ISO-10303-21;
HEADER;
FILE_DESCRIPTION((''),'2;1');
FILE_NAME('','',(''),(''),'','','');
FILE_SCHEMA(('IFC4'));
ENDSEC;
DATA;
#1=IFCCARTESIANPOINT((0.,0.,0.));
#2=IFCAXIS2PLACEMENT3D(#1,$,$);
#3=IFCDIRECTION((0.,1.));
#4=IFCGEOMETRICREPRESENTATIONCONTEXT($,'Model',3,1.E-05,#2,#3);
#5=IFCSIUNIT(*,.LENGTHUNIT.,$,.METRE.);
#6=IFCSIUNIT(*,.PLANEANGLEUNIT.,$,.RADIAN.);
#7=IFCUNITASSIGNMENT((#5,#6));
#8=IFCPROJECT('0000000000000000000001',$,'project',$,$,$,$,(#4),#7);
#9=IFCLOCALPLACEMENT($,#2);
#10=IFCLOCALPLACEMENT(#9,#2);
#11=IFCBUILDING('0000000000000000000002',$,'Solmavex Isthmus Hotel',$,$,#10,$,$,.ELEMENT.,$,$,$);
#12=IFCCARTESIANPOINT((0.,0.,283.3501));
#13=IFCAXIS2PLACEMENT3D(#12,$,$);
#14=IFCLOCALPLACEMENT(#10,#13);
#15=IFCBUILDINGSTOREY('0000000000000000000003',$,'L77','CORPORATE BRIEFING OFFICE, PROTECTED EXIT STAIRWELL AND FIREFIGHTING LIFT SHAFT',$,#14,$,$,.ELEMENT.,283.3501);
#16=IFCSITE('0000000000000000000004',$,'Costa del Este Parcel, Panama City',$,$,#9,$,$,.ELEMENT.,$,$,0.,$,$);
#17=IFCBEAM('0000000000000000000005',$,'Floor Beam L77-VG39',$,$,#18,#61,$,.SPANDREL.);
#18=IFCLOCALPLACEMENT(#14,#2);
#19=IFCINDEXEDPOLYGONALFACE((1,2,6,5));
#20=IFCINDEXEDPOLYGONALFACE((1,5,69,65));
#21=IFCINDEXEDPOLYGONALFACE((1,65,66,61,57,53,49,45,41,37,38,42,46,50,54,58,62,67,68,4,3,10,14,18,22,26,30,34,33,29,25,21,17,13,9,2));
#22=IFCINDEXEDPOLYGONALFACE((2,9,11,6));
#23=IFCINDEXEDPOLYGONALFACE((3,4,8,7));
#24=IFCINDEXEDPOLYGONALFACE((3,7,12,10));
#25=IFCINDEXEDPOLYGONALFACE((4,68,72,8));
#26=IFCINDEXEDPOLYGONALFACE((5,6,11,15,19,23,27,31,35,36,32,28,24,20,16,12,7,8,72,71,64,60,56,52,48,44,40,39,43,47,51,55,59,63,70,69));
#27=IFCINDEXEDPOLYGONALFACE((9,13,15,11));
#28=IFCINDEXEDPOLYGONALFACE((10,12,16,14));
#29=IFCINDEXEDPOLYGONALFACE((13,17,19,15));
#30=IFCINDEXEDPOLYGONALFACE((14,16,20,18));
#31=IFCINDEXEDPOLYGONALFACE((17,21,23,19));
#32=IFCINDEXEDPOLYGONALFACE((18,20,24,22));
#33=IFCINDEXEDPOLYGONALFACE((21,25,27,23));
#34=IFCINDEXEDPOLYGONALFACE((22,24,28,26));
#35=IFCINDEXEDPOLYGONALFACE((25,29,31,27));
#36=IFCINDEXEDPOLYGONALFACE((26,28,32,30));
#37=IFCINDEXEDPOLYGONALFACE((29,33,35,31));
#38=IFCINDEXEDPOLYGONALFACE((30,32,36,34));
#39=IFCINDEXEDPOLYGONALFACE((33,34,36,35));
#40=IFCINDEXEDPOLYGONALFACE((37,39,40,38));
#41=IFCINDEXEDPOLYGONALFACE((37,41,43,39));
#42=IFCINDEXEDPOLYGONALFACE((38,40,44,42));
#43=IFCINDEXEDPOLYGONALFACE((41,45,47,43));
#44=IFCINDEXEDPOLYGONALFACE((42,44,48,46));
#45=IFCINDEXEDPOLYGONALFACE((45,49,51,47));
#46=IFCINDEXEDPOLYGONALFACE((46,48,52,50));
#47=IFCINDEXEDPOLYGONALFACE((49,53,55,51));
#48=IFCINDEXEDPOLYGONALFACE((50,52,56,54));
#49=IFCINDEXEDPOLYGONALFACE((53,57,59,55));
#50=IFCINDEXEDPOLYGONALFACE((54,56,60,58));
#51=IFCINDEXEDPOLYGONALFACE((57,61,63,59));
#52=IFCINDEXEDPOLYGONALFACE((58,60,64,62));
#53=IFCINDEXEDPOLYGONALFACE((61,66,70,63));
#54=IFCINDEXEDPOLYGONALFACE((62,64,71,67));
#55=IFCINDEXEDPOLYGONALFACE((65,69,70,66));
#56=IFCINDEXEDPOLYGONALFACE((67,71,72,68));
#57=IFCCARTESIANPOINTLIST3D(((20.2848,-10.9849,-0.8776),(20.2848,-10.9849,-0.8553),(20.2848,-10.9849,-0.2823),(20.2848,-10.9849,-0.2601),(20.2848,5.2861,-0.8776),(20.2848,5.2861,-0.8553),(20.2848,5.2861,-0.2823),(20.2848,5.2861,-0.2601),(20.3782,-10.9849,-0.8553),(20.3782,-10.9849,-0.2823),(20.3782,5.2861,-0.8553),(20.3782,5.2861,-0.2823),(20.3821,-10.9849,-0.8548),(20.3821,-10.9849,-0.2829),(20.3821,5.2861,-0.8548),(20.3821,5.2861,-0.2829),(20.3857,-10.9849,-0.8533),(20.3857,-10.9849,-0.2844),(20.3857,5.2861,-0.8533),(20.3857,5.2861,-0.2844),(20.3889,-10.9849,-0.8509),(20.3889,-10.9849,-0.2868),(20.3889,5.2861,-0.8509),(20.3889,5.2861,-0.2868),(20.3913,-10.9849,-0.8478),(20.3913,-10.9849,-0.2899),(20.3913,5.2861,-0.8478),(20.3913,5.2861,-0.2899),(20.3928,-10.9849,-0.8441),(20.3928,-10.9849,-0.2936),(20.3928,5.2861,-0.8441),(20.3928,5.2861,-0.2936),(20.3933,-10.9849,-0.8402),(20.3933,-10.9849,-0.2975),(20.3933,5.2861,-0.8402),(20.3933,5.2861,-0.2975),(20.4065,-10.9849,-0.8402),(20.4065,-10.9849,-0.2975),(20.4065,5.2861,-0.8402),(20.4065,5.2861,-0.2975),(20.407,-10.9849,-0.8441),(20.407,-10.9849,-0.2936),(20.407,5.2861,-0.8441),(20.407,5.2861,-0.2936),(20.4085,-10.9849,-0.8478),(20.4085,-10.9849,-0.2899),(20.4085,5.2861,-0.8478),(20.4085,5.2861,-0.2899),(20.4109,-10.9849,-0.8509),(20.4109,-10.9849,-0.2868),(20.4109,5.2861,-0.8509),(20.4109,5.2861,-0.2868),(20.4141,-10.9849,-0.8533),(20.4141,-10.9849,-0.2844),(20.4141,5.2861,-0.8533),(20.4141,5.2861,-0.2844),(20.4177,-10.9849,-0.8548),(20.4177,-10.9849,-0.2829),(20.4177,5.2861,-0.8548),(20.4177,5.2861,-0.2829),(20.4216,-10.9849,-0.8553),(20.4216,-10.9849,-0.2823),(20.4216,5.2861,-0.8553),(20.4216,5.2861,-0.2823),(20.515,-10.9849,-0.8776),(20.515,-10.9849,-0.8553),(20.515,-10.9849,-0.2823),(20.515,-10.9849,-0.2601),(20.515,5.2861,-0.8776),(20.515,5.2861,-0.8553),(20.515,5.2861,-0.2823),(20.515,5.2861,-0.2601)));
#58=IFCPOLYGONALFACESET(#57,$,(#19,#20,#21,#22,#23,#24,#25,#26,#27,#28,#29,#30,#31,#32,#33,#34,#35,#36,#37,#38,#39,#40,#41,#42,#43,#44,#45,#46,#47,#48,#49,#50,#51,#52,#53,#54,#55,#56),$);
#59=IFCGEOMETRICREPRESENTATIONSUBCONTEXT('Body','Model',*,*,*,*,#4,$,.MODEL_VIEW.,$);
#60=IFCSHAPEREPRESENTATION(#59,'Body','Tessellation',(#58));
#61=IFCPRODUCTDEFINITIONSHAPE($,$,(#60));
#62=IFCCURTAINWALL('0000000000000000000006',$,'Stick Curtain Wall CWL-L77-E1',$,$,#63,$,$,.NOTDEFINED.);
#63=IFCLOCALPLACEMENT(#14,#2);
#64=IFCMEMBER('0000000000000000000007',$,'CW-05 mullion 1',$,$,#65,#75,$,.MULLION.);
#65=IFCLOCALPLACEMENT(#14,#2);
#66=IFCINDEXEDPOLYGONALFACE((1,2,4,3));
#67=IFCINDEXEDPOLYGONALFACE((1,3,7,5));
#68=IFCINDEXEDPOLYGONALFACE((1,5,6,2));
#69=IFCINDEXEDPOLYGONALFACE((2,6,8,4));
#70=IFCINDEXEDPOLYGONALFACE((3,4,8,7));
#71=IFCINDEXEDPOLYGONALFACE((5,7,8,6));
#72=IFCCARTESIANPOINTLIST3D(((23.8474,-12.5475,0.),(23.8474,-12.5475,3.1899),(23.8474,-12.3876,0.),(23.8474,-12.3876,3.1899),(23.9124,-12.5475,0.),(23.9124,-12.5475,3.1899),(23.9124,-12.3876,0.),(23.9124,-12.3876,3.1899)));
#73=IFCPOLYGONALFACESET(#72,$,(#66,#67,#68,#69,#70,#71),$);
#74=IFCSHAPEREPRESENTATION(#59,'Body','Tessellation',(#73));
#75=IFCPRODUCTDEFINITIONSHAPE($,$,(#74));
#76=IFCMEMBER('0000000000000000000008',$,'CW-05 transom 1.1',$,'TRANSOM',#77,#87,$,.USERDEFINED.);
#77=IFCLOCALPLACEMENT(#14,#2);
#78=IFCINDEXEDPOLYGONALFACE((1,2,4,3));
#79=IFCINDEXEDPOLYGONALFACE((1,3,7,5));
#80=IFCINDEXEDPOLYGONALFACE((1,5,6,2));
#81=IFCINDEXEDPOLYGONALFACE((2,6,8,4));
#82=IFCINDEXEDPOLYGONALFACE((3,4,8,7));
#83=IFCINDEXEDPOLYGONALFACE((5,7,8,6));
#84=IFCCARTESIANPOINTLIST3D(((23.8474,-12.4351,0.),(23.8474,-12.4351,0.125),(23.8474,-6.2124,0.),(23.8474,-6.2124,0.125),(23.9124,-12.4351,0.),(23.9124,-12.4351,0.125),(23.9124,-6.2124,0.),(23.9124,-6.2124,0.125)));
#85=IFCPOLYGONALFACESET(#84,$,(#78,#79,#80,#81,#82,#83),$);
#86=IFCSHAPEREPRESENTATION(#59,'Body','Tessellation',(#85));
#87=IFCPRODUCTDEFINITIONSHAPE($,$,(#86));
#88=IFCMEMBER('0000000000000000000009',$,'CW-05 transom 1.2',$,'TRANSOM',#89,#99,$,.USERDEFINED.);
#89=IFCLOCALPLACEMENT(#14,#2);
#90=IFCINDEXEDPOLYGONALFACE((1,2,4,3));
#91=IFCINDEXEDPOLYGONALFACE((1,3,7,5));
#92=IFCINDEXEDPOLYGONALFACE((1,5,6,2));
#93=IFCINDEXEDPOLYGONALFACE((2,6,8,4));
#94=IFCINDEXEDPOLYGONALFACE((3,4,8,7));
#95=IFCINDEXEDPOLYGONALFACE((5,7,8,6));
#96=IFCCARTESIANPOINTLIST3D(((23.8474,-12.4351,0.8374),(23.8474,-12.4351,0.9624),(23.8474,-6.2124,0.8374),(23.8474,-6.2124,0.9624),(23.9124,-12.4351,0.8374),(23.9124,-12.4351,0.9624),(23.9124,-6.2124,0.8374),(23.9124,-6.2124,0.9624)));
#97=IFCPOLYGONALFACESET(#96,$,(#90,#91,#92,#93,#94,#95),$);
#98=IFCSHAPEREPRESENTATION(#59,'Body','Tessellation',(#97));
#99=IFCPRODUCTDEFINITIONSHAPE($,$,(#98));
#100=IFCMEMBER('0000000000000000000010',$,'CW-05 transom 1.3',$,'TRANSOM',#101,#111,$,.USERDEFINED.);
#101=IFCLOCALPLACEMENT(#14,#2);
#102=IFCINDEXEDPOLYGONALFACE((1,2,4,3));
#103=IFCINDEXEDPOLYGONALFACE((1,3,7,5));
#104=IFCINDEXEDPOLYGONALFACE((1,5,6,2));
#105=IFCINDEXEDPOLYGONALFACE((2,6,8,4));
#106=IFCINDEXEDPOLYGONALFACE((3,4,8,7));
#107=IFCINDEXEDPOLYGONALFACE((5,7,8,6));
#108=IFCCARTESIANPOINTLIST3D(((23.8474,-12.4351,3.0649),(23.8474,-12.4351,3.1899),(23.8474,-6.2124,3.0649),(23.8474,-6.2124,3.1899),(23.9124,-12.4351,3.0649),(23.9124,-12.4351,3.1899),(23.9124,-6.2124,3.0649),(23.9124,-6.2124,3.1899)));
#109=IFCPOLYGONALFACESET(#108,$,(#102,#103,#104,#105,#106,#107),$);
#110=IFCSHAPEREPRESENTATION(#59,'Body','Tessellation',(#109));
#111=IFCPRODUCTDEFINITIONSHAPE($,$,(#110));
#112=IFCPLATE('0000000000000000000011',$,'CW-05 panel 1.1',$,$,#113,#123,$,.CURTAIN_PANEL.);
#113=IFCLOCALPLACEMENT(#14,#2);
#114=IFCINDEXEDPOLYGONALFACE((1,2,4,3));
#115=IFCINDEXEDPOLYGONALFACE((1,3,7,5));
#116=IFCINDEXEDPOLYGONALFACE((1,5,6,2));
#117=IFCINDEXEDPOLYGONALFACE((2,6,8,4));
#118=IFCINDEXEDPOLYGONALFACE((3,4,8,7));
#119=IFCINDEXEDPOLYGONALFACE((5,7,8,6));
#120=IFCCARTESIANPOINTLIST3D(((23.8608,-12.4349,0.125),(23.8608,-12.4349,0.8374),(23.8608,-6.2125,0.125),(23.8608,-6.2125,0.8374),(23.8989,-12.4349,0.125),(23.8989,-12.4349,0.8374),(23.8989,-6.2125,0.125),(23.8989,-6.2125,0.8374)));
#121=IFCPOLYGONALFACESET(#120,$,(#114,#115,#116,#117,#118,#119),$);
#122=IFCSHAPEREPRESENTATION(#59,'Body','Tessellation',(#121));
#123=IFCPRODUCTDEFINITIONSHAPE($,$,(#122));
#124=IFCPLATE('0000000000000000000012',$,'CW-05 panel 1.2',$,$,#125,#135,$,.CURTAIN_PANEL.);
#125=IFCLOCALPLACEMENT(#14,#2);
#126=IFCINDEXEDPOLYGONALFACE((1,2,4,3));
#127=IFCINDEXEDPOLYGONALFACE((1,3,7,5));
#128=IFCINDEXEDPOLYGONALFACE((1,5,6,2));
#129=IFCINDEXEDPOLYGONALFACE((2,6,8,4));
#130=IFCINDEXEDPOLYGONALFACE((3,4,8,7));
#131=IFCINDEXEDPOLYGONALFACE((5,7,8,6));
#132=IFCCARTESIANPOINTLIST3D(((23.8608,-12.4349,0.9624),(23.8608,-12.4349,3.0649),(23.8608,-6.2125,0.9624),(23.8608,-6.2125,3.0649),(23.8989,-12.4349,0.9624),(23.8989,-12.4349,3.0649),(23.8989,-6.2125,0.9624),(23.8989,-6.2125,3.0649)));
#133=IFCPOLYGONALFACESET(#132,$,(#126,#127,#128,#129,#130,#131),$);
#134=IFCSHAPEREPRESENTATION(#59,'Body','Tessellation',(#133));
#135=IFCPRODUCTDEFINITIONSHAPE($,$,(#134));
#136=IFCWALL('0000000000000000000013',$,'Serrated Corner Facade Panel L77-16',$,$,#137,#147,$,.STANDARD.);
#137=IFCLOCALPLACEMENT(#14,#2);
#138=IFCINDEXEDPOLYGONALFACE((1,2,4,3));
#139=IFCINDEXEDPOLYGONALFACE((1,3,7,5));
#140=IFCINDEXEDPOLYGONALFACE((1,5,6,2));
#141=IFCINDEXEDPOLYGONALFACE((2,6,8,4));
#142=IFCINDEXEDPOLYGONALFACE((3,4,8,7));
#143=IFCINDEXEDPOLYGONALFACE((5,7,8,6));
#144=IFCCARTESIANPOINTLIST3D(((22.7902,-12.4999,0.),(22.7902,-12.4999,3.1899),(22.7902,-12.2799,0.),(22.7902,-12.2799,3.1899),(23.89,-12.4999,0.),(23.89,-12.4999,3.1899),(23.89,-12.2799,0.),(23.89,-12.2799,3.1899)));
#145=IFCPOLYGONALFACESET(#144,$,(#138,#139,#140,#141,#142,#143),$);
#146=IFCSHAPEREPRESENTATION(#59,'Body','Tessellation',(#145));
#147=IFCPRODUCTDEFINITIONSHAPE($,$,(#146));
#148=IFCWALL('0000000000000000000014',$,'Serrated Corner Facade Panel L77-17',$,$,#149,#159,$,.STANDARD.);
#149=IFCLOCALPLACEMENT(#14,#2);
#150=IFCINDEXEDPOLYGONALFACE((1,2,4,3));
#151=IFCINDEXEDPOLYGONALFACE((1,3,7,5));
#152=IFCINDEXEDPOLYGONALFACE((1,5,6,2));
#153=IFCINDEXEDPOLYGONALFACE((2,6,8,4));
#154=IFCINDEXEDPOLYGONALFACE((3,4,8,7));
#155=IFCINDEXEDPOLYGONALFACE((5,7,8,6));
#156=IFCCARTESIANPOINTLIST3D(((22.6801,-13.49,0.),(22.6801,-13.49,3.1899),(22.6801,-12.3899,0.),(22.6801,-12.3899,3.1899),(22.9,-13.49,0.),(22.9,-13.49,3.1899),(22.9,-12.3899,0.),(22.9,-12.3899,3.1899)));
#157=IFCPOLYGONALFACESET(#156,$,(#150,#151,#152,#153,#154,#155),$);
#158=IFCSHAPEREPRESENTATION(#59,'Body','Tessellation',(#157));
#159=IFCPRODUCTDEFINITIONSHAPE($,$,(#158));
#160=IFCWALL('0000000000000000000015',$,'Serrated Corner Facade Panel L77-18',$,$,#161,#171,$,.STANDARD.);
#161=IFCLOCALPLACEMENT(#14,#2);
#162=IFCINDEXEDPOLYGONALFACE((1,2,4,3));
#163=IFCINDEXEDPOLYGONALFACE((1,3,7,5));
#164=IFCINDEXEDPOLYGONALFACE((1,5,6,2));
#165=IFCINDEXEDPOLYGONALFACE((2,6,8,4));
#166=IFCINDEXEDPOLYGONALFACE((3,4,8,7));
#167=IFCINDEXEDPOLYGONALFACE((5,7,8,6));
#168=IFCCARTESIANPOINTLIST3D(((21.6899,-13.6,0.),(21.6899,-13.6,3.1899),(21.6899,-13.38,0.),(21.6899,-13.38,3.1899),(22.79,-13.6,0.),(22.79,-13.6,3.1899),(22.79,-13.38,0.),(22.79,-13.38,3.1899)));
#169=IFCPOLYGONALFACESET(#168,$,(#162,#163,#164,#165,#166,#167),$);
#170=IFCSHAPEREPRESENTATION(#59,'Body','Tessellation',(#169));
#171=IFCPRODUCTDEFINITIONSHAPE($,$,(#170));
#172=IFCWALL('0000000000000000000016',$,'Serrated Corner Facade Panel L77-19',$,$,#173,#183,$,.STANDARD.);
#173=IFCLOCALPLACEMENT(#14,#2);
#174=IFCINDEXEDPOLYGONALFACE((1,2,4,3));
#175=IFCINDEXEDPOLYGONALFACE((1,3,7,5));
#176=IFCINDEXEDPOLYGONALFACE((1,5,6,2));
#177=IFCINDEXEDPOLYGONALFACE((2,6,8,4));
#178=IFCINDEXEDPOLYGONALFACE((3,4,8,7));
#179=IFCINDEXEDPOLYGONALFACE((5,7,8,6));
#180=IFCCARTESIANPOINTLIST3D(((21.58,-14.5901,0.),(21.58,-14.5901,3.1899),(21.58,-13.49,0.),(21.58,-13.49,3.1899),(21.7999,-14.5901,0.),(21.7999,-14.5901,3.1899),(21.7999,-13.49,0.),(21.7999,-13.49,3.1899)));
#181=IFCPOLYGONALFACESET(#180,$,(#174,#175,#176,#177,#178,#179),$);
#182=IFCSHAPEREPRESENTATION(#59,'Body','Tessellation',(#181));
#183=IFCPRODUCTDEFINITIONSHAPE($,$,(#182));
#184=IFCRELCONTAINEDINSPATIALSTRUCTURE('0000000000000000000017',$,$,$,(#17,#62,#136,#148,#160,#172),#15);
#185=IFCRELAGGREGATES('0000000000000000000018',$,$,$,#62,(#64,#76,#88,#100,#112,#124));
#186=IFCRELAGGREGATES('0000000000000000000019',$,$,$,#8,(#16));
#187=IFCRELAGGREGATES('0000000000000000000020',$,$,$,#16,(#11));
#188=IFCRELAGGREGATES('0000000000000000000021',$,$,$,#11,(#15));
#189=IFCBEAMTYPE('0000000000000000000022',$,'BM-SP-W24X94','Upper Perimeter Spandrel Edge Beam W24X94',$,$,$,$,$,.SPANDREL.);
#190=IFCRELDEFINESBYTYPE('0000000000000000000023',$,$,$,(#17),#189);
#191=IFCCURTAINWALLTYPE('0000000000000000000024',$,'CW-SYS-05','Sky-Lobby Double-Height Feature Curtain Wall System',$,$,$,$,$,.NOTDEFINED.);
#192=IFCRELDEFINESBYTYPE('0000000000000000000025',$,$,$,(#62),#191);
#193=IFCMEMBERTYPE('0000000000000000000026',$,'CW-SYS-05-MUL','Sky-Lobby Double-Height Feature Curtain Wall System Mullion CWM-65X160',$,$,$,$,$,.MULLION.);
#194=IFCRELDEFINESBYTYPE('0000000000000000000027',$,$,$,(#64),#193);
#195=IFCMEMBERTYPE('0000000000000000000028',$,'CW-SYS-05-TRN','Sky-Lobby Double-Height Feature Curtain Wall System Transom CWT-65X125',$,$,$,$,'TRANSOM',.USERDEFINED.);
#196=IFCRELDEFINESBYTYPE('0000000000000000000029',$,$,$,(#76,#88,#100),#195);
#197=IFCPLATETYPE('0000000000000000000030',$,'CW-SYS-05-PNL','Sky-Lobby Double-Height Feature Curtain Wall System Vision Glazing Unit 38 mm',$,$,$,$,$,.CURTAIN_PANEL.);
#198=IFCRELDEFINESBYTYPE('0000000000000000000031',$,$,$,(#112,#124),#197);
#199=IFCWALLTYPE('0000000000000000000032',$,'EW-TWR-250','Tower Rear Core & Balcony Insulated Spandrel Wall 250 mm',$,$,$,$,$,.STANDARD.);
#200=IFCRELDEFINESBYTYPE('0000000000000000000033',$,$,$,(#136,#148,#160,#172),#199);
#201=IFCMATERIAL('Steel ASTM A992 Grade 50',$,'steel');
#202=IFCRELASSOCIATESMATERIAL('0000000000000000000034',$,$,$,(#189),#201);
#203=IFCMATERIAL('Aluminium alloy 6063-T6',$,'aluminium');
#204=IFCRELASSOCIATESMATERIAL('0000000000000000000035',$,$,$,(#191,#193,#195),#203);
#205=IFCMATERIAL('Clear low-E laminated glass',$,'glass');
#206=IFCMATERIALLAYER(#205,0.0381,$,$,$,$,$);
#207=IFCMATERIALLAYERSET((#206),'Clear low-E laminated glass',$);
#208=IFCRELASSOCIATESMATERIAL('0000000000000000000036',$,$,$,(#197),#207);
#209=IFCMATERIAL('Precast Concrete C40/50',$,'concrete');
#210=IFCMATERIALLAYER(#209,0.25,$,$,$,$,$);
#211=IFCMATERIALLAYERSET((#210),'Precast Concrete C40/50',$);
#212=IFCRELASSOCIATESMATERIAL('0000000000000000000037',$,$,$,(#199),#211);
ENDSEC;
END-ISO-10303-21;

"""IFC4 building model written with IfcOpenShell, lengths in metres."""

from ifc_helpers import new_model, si_unit, direction, frame, frame_2d, origin, origin_2d, place, context, subcontext, project, spatial, rectangle, i_section, extrude, material, layer, layer_set, material_profile, profile_set, type_object, element, aggregate, save


model = new_model("IFC4")

# Units and contexts
model_context = context("Model", 3, precision=1e-05, world=origin(), true_north=direction((0.0, 1.0)))
body_context = subcontext(model_context, "Body", "Model", "MODEL_VIEW")
ifc_project = project(units=[si_unit("LENGTHUNIT", "METRE"), si_unit("PLANEANGLEUNIT", "RADIAN")], contexts=[model_context])

# Site, building, storey
site_placement = place(None, origin())
site = spatial("IfcSite", under=ifc_project, at=site_placement, Name="Costa del Este Parcel, Panama City", CompositionType="ELEMENT", RefElevation=0.0)
building_placement = place(site_placement, origin())
building = spatial("IfcBuilding", under=site, at=building_placement, Name="Solmavex Isthmus Hotel", CompositionType="ELEMENT")
storey_placement = place(building_placement, frame((0.0, 0.0, 283.3501)))
storey = spatial("IfcBuildingStorey", under=building, at=storey_placement, Name="L77", Description="CORPORATE BRIEFING OFFICE, PROTECTED EXIT STAIRWELL AND FIREFIGHTING LIFT SHAFT", CompositionType="ELEMENT", Elevation=283.3501)

# Beam
ifc_material_1 = material(Name="Steel ASTM A992 Grade 50", Category="steel")
ifc_material_profile_1 = material_profile(ifc_material_1, i_section(OverallWidth=0.2302, OverallDepth=0.6174, WebThickness=0.0132, FlangeThickness=0.0222, FilletRadius=0.0151, at=origin_2d()), Name="W24X94")
ifc_profile_set_1 = profile_set([ifc_material_profile_1], Name="Steel ASTM A992 Grade 50")
beam_type_1 = type_object("IfcBeamType", Name="BM-SP-W24X94", Description="Upper Perimeter Spandrel Edge Beam W24X94", PredefinedType="SPANDREL", material=ifc_profile_set_1)
beam_1_placement = place(storey_placement, frame((20.3999, -10.9849, -0.5688), z_axis=(0.0, 1.0, 0.0), x_axis=(-1.0, 0.0, 0.0)))
element("IfcBeam", 1, at=beam_1_placement, inside=storey, type_object=beam_type_1, Name="Floor Beam L77-VG39", PredefinedType="SPANDREL", context=body_context, shape_type="SweptSolid", body=[
    extrude(i_section(OverallWidth=0.2302, OverallDepth=0.6174, WebThickness=0.0132, FlangeThickness=0.0222, FilletRadius=0.0151, at=origin_2d()), origin(), (0.0, 0.0, 1.0), 16.271),
])

# Curtain wall, members, plates
ifc_material_2 = material(Name="Aluminium alloy 6063-T6", Category="aluminium")
curtain_wall_type = type_object("IfcCurtainWallType", Name="CW-SYS-05", Description="Sky-Lobby Double-Height Feature Curtain Wall System", PredefinedType="NOTDEFINED", material=ifc_material_2)
curtain_wall_placement = place(storey_placement, origin())
curtain_wall = element("IfcCurtainWall", 2, at=curtain_wall_placement, inside=storey, type_object=curtain_wall_type, Name="Stick Curtain Wall CWL-L77-E1", PredefinedType="NOTDEFINED")
ifc_material_profile_2 = material_profile(ifc_material_2, rectangle(XDim=0.0649, YDim=0.1599, at=origin_2d()), Name="CWM-65X160")
ifc_profile_set_2 = profile_set([ifc_material_profile_2], Name="Aluminium alloy 6063-T6")
member_type_1 = type_object("IfcMemberType", Name="CW-SYS-05-MUL", Description="Sky-Lobby Double-Height Feature Curtain Wall System Mullion CWM-65X160", PredefinedType="MULLION", material=ifc_profile_set_2)
member_1_placement = place(storey_placement, frame((23.8799, -12.4675, 0.0), z_axis=(0.0, 0.0, 1.0), x_axis=(-1.0, 0.0, 0.0)))
member_1 = element("IfcMember", 3, at=member_1_placement, type_object=member_type_1, Name="CW-05 mullion 1", PredefinedType="MULLION", context=body_context, shape_type="SweptSolid", body=[
    extrude(rectangle(XDim=0.0649, YDim=0.1599, at=origin_2d()), origin(), (0.0, 0.0, 1.0), 3.1899),
])
ifc_material_profile_3 = material_profile(ifc_material_2, rectangle(XDim=0.0649, YDim=0.125, at=origin_2d()), Name="CWT-65X125")
ifc_profile_set_3 = profile_set([ifc_material_profile_3], Name="Aluminium alloy 6063-T6")
member_type_2 = type_object("IfcMemberType", Name="CW-SYS-05-TRN", Description="Sky-Lobby Double-Height Feature Curtain Wall System Transom CWT-65X125", ElementType="TRANSOM", PredefinedType="USERDEFINED", material=ifc_profile_set_3)
member_2_placement = place(storey_placement, frame((23.8799, -12.4351, 0.0625), z_axis=(0.0, 1.0, 0.0), x_axis=(-1.0, 0.0, 0.0)))
member_2 = element("IfcMember", 4, at=member_2_placement, type_object=member_type_2, Name="CW-05 transom 1.1", ObjectType="TRANSOM", PredefinedType="USERDEFINED", context=body_context, shape_type="SweptSolid", body=[
    extrude(rectangle(XDim=0.0649, YDim=0.125, at=origin_2d()), origin(), (0.0, 0.0, 1.0), 6.2227),
])
member_3_placement = place(storey_placement, frame((23.8799, -12.4351, 0.8999), z_axis=(0.0, 1.0, 0.0), x_axis=(-1.0, 0.0, 0.0)))
member_3 = element("IfcMember", 5, at=member_3_placement, type_object=member_type_2, Name="CW-05 transom 1.2", ObjectType="TRANSOM", PredefinedType="USERDEFINED", context=body_context, shape_type="SweptSolid", body=[
    extrude(rectangle(XDim=0.0649, YDim=0.125, at=origin_2d()), origin(), (0.0, 0.0, 1.0), 6.2227),
])
member_4_placement = place(storey_placement, frame((23.8799, -12.4351, 3.1274), z_axis=(0.0, 1.0, 0.0), x_axis=(-1.0, 0.0, 0.0)))
member_4 = element("IfcMember", 6, at=member_4_placement, type_object=member_type_2, Name="CW-05 transom 1.3", ObjectType="TRANSOM", PredefinedType="USERDEFINED", context=body_context, shape_type="SweptSolid", body=[
    extrude(rectangle(XDim=0.0649, YDim=0.125, at=origin_2d()), origin(), (0.0, 0.0, 1.0), 6.2227),
])
ifc_material_3 = material(Name="Clear low-E laminated glass", Category="glass")
ifc_layer_1 = layer(ifc_material_3, 0.0381)
ifc_layer_set_1 = layer_set([ifc_layer_1], Name="Clear low-E laminated glass")
plate_type = type_object("IfcPlateType", Name="CW-SYS-05-PNL", Description="Sky-Lobby Double-Height Feature Curtain Wall System Vision Glazing Unit 38 mm", PredefinedType="CURTAIN_PANEL", material=ifc_layer_set_1)
plate_1_placement = place(storey_placement, frame((23.8799, -9.3237, 0.125), z_axis=(0.0, 0.0, 1.0), x_axis=(0.0, 1.0, 0.0)))
plate_1 = element("IfcPlate", 7, at=plate_1_placement, type_object=plate_type, Name="CW-05 panel 1.1", PredefinedType="CURTAIN_PANEL", context=body_context, shape_type="SweptSolid", body=[
    extrude(rectangle(XDim=6.2224, YDim=0.0381, at=origin_2d()), origin(), (0.0, 0.0, 1.0), 0.7124),
])
plate_2_placement = place(storey_placement, frame((23.8799, -9.3237, 0.9624), z_axis=(0.0, 0.0, 1.0), x_axis=(0.0, 1.0, 0.0)))
plate_2 = element("IfcPlate", 8, at=plate_2_placement, type_object=plate_type, Name="CW-05 panel 1.2", PredefinedType="CURTAIN_PANEL", context=body_context, shape_type="SweptSolid", body=[
    extrude(rectangle(XDim=6.2224, YDim=0.0381, at=origin_2d()), origin(), (0.0, 0.0, 1.0), 2.1025),
])
aggregate(curtain_wall, [member_1, member_2, member_3, member_4, plate_1, plate_2])

# Walls
ifc_material_4 = material(Name="Precast Concrete C40/50", Category="concrete")
ifc_layer_2 = layer(ifc_material_4, 0.25)
ifc_layer_set_2 = layer_set([ifc_layer_2], Name="Precast Concrete C40/50")
wall_type_1 = type_object("IfcWallType", Name="EW-TWR-250", Description="Tower Rear Core & Balcony Insulated Spandrel Wall 250 mm", PredefinedType="STANDARD", material=ifc_layer_set_2)
wall_1_placement = place(storey_placement, frame((23.8899, -12.3899, 0.0), z_axis=(0.0, 0.0, 1.0), x_axis=(-1.0, 0.0, 0.0)))
element("IfcWall", 9, at=wall_1_placement, inside=storey, type_object=wall_type_1, Name="Serrated Corner Facade Panel L77-16", PredefinedType="STANDARD", context=body_context, shape_type="SweptSolid", body=[
    extrude(rectangle(XDim=1.0999, YDim=0.22, at=frame_2d((0.5498, 0.0))), origin(), (0.0, 0.0, 1.0), 3.1899),
])
for number, where, z_axis, x_axis, name in (
    (10, (22.79, -12.3899, 0.0), (0.0, 0.0, 1.0), (0.0, -1.0, 0.0), "Serrated Corner Facade Panel L77-17"),
    (11, (22.79, -13.49, 0.0), (0.0, 0.0, 1.0), (-1.0, 0.0, 0.0), "Serrated Corner Facade Panel L77-18"),
    (12, (21.6899, -13.49, 0.0), (0.0, 0.0, 1.0), (0.0, -1.0, 0.0), "Serrated Corner Facade Panel L77-19"),
):
    element("IfcWall", number, at=place(storey_placement, frame(where, z_axis=z_axis, x_axis=x_axis)), inside=storey, type_object=wall_type_1, Name=name, PredefinedType="STANDARD", context=body_context, shape_type="SweptSolid", body=[
        extrude(rectangle(XDim=1.1001, YDim=0.22, at=frame_2d((0.55, 0.0))), origin(), (0.0, 0.0, 1.0), 3.1899),
    ])

save(model, "model.ifc")
